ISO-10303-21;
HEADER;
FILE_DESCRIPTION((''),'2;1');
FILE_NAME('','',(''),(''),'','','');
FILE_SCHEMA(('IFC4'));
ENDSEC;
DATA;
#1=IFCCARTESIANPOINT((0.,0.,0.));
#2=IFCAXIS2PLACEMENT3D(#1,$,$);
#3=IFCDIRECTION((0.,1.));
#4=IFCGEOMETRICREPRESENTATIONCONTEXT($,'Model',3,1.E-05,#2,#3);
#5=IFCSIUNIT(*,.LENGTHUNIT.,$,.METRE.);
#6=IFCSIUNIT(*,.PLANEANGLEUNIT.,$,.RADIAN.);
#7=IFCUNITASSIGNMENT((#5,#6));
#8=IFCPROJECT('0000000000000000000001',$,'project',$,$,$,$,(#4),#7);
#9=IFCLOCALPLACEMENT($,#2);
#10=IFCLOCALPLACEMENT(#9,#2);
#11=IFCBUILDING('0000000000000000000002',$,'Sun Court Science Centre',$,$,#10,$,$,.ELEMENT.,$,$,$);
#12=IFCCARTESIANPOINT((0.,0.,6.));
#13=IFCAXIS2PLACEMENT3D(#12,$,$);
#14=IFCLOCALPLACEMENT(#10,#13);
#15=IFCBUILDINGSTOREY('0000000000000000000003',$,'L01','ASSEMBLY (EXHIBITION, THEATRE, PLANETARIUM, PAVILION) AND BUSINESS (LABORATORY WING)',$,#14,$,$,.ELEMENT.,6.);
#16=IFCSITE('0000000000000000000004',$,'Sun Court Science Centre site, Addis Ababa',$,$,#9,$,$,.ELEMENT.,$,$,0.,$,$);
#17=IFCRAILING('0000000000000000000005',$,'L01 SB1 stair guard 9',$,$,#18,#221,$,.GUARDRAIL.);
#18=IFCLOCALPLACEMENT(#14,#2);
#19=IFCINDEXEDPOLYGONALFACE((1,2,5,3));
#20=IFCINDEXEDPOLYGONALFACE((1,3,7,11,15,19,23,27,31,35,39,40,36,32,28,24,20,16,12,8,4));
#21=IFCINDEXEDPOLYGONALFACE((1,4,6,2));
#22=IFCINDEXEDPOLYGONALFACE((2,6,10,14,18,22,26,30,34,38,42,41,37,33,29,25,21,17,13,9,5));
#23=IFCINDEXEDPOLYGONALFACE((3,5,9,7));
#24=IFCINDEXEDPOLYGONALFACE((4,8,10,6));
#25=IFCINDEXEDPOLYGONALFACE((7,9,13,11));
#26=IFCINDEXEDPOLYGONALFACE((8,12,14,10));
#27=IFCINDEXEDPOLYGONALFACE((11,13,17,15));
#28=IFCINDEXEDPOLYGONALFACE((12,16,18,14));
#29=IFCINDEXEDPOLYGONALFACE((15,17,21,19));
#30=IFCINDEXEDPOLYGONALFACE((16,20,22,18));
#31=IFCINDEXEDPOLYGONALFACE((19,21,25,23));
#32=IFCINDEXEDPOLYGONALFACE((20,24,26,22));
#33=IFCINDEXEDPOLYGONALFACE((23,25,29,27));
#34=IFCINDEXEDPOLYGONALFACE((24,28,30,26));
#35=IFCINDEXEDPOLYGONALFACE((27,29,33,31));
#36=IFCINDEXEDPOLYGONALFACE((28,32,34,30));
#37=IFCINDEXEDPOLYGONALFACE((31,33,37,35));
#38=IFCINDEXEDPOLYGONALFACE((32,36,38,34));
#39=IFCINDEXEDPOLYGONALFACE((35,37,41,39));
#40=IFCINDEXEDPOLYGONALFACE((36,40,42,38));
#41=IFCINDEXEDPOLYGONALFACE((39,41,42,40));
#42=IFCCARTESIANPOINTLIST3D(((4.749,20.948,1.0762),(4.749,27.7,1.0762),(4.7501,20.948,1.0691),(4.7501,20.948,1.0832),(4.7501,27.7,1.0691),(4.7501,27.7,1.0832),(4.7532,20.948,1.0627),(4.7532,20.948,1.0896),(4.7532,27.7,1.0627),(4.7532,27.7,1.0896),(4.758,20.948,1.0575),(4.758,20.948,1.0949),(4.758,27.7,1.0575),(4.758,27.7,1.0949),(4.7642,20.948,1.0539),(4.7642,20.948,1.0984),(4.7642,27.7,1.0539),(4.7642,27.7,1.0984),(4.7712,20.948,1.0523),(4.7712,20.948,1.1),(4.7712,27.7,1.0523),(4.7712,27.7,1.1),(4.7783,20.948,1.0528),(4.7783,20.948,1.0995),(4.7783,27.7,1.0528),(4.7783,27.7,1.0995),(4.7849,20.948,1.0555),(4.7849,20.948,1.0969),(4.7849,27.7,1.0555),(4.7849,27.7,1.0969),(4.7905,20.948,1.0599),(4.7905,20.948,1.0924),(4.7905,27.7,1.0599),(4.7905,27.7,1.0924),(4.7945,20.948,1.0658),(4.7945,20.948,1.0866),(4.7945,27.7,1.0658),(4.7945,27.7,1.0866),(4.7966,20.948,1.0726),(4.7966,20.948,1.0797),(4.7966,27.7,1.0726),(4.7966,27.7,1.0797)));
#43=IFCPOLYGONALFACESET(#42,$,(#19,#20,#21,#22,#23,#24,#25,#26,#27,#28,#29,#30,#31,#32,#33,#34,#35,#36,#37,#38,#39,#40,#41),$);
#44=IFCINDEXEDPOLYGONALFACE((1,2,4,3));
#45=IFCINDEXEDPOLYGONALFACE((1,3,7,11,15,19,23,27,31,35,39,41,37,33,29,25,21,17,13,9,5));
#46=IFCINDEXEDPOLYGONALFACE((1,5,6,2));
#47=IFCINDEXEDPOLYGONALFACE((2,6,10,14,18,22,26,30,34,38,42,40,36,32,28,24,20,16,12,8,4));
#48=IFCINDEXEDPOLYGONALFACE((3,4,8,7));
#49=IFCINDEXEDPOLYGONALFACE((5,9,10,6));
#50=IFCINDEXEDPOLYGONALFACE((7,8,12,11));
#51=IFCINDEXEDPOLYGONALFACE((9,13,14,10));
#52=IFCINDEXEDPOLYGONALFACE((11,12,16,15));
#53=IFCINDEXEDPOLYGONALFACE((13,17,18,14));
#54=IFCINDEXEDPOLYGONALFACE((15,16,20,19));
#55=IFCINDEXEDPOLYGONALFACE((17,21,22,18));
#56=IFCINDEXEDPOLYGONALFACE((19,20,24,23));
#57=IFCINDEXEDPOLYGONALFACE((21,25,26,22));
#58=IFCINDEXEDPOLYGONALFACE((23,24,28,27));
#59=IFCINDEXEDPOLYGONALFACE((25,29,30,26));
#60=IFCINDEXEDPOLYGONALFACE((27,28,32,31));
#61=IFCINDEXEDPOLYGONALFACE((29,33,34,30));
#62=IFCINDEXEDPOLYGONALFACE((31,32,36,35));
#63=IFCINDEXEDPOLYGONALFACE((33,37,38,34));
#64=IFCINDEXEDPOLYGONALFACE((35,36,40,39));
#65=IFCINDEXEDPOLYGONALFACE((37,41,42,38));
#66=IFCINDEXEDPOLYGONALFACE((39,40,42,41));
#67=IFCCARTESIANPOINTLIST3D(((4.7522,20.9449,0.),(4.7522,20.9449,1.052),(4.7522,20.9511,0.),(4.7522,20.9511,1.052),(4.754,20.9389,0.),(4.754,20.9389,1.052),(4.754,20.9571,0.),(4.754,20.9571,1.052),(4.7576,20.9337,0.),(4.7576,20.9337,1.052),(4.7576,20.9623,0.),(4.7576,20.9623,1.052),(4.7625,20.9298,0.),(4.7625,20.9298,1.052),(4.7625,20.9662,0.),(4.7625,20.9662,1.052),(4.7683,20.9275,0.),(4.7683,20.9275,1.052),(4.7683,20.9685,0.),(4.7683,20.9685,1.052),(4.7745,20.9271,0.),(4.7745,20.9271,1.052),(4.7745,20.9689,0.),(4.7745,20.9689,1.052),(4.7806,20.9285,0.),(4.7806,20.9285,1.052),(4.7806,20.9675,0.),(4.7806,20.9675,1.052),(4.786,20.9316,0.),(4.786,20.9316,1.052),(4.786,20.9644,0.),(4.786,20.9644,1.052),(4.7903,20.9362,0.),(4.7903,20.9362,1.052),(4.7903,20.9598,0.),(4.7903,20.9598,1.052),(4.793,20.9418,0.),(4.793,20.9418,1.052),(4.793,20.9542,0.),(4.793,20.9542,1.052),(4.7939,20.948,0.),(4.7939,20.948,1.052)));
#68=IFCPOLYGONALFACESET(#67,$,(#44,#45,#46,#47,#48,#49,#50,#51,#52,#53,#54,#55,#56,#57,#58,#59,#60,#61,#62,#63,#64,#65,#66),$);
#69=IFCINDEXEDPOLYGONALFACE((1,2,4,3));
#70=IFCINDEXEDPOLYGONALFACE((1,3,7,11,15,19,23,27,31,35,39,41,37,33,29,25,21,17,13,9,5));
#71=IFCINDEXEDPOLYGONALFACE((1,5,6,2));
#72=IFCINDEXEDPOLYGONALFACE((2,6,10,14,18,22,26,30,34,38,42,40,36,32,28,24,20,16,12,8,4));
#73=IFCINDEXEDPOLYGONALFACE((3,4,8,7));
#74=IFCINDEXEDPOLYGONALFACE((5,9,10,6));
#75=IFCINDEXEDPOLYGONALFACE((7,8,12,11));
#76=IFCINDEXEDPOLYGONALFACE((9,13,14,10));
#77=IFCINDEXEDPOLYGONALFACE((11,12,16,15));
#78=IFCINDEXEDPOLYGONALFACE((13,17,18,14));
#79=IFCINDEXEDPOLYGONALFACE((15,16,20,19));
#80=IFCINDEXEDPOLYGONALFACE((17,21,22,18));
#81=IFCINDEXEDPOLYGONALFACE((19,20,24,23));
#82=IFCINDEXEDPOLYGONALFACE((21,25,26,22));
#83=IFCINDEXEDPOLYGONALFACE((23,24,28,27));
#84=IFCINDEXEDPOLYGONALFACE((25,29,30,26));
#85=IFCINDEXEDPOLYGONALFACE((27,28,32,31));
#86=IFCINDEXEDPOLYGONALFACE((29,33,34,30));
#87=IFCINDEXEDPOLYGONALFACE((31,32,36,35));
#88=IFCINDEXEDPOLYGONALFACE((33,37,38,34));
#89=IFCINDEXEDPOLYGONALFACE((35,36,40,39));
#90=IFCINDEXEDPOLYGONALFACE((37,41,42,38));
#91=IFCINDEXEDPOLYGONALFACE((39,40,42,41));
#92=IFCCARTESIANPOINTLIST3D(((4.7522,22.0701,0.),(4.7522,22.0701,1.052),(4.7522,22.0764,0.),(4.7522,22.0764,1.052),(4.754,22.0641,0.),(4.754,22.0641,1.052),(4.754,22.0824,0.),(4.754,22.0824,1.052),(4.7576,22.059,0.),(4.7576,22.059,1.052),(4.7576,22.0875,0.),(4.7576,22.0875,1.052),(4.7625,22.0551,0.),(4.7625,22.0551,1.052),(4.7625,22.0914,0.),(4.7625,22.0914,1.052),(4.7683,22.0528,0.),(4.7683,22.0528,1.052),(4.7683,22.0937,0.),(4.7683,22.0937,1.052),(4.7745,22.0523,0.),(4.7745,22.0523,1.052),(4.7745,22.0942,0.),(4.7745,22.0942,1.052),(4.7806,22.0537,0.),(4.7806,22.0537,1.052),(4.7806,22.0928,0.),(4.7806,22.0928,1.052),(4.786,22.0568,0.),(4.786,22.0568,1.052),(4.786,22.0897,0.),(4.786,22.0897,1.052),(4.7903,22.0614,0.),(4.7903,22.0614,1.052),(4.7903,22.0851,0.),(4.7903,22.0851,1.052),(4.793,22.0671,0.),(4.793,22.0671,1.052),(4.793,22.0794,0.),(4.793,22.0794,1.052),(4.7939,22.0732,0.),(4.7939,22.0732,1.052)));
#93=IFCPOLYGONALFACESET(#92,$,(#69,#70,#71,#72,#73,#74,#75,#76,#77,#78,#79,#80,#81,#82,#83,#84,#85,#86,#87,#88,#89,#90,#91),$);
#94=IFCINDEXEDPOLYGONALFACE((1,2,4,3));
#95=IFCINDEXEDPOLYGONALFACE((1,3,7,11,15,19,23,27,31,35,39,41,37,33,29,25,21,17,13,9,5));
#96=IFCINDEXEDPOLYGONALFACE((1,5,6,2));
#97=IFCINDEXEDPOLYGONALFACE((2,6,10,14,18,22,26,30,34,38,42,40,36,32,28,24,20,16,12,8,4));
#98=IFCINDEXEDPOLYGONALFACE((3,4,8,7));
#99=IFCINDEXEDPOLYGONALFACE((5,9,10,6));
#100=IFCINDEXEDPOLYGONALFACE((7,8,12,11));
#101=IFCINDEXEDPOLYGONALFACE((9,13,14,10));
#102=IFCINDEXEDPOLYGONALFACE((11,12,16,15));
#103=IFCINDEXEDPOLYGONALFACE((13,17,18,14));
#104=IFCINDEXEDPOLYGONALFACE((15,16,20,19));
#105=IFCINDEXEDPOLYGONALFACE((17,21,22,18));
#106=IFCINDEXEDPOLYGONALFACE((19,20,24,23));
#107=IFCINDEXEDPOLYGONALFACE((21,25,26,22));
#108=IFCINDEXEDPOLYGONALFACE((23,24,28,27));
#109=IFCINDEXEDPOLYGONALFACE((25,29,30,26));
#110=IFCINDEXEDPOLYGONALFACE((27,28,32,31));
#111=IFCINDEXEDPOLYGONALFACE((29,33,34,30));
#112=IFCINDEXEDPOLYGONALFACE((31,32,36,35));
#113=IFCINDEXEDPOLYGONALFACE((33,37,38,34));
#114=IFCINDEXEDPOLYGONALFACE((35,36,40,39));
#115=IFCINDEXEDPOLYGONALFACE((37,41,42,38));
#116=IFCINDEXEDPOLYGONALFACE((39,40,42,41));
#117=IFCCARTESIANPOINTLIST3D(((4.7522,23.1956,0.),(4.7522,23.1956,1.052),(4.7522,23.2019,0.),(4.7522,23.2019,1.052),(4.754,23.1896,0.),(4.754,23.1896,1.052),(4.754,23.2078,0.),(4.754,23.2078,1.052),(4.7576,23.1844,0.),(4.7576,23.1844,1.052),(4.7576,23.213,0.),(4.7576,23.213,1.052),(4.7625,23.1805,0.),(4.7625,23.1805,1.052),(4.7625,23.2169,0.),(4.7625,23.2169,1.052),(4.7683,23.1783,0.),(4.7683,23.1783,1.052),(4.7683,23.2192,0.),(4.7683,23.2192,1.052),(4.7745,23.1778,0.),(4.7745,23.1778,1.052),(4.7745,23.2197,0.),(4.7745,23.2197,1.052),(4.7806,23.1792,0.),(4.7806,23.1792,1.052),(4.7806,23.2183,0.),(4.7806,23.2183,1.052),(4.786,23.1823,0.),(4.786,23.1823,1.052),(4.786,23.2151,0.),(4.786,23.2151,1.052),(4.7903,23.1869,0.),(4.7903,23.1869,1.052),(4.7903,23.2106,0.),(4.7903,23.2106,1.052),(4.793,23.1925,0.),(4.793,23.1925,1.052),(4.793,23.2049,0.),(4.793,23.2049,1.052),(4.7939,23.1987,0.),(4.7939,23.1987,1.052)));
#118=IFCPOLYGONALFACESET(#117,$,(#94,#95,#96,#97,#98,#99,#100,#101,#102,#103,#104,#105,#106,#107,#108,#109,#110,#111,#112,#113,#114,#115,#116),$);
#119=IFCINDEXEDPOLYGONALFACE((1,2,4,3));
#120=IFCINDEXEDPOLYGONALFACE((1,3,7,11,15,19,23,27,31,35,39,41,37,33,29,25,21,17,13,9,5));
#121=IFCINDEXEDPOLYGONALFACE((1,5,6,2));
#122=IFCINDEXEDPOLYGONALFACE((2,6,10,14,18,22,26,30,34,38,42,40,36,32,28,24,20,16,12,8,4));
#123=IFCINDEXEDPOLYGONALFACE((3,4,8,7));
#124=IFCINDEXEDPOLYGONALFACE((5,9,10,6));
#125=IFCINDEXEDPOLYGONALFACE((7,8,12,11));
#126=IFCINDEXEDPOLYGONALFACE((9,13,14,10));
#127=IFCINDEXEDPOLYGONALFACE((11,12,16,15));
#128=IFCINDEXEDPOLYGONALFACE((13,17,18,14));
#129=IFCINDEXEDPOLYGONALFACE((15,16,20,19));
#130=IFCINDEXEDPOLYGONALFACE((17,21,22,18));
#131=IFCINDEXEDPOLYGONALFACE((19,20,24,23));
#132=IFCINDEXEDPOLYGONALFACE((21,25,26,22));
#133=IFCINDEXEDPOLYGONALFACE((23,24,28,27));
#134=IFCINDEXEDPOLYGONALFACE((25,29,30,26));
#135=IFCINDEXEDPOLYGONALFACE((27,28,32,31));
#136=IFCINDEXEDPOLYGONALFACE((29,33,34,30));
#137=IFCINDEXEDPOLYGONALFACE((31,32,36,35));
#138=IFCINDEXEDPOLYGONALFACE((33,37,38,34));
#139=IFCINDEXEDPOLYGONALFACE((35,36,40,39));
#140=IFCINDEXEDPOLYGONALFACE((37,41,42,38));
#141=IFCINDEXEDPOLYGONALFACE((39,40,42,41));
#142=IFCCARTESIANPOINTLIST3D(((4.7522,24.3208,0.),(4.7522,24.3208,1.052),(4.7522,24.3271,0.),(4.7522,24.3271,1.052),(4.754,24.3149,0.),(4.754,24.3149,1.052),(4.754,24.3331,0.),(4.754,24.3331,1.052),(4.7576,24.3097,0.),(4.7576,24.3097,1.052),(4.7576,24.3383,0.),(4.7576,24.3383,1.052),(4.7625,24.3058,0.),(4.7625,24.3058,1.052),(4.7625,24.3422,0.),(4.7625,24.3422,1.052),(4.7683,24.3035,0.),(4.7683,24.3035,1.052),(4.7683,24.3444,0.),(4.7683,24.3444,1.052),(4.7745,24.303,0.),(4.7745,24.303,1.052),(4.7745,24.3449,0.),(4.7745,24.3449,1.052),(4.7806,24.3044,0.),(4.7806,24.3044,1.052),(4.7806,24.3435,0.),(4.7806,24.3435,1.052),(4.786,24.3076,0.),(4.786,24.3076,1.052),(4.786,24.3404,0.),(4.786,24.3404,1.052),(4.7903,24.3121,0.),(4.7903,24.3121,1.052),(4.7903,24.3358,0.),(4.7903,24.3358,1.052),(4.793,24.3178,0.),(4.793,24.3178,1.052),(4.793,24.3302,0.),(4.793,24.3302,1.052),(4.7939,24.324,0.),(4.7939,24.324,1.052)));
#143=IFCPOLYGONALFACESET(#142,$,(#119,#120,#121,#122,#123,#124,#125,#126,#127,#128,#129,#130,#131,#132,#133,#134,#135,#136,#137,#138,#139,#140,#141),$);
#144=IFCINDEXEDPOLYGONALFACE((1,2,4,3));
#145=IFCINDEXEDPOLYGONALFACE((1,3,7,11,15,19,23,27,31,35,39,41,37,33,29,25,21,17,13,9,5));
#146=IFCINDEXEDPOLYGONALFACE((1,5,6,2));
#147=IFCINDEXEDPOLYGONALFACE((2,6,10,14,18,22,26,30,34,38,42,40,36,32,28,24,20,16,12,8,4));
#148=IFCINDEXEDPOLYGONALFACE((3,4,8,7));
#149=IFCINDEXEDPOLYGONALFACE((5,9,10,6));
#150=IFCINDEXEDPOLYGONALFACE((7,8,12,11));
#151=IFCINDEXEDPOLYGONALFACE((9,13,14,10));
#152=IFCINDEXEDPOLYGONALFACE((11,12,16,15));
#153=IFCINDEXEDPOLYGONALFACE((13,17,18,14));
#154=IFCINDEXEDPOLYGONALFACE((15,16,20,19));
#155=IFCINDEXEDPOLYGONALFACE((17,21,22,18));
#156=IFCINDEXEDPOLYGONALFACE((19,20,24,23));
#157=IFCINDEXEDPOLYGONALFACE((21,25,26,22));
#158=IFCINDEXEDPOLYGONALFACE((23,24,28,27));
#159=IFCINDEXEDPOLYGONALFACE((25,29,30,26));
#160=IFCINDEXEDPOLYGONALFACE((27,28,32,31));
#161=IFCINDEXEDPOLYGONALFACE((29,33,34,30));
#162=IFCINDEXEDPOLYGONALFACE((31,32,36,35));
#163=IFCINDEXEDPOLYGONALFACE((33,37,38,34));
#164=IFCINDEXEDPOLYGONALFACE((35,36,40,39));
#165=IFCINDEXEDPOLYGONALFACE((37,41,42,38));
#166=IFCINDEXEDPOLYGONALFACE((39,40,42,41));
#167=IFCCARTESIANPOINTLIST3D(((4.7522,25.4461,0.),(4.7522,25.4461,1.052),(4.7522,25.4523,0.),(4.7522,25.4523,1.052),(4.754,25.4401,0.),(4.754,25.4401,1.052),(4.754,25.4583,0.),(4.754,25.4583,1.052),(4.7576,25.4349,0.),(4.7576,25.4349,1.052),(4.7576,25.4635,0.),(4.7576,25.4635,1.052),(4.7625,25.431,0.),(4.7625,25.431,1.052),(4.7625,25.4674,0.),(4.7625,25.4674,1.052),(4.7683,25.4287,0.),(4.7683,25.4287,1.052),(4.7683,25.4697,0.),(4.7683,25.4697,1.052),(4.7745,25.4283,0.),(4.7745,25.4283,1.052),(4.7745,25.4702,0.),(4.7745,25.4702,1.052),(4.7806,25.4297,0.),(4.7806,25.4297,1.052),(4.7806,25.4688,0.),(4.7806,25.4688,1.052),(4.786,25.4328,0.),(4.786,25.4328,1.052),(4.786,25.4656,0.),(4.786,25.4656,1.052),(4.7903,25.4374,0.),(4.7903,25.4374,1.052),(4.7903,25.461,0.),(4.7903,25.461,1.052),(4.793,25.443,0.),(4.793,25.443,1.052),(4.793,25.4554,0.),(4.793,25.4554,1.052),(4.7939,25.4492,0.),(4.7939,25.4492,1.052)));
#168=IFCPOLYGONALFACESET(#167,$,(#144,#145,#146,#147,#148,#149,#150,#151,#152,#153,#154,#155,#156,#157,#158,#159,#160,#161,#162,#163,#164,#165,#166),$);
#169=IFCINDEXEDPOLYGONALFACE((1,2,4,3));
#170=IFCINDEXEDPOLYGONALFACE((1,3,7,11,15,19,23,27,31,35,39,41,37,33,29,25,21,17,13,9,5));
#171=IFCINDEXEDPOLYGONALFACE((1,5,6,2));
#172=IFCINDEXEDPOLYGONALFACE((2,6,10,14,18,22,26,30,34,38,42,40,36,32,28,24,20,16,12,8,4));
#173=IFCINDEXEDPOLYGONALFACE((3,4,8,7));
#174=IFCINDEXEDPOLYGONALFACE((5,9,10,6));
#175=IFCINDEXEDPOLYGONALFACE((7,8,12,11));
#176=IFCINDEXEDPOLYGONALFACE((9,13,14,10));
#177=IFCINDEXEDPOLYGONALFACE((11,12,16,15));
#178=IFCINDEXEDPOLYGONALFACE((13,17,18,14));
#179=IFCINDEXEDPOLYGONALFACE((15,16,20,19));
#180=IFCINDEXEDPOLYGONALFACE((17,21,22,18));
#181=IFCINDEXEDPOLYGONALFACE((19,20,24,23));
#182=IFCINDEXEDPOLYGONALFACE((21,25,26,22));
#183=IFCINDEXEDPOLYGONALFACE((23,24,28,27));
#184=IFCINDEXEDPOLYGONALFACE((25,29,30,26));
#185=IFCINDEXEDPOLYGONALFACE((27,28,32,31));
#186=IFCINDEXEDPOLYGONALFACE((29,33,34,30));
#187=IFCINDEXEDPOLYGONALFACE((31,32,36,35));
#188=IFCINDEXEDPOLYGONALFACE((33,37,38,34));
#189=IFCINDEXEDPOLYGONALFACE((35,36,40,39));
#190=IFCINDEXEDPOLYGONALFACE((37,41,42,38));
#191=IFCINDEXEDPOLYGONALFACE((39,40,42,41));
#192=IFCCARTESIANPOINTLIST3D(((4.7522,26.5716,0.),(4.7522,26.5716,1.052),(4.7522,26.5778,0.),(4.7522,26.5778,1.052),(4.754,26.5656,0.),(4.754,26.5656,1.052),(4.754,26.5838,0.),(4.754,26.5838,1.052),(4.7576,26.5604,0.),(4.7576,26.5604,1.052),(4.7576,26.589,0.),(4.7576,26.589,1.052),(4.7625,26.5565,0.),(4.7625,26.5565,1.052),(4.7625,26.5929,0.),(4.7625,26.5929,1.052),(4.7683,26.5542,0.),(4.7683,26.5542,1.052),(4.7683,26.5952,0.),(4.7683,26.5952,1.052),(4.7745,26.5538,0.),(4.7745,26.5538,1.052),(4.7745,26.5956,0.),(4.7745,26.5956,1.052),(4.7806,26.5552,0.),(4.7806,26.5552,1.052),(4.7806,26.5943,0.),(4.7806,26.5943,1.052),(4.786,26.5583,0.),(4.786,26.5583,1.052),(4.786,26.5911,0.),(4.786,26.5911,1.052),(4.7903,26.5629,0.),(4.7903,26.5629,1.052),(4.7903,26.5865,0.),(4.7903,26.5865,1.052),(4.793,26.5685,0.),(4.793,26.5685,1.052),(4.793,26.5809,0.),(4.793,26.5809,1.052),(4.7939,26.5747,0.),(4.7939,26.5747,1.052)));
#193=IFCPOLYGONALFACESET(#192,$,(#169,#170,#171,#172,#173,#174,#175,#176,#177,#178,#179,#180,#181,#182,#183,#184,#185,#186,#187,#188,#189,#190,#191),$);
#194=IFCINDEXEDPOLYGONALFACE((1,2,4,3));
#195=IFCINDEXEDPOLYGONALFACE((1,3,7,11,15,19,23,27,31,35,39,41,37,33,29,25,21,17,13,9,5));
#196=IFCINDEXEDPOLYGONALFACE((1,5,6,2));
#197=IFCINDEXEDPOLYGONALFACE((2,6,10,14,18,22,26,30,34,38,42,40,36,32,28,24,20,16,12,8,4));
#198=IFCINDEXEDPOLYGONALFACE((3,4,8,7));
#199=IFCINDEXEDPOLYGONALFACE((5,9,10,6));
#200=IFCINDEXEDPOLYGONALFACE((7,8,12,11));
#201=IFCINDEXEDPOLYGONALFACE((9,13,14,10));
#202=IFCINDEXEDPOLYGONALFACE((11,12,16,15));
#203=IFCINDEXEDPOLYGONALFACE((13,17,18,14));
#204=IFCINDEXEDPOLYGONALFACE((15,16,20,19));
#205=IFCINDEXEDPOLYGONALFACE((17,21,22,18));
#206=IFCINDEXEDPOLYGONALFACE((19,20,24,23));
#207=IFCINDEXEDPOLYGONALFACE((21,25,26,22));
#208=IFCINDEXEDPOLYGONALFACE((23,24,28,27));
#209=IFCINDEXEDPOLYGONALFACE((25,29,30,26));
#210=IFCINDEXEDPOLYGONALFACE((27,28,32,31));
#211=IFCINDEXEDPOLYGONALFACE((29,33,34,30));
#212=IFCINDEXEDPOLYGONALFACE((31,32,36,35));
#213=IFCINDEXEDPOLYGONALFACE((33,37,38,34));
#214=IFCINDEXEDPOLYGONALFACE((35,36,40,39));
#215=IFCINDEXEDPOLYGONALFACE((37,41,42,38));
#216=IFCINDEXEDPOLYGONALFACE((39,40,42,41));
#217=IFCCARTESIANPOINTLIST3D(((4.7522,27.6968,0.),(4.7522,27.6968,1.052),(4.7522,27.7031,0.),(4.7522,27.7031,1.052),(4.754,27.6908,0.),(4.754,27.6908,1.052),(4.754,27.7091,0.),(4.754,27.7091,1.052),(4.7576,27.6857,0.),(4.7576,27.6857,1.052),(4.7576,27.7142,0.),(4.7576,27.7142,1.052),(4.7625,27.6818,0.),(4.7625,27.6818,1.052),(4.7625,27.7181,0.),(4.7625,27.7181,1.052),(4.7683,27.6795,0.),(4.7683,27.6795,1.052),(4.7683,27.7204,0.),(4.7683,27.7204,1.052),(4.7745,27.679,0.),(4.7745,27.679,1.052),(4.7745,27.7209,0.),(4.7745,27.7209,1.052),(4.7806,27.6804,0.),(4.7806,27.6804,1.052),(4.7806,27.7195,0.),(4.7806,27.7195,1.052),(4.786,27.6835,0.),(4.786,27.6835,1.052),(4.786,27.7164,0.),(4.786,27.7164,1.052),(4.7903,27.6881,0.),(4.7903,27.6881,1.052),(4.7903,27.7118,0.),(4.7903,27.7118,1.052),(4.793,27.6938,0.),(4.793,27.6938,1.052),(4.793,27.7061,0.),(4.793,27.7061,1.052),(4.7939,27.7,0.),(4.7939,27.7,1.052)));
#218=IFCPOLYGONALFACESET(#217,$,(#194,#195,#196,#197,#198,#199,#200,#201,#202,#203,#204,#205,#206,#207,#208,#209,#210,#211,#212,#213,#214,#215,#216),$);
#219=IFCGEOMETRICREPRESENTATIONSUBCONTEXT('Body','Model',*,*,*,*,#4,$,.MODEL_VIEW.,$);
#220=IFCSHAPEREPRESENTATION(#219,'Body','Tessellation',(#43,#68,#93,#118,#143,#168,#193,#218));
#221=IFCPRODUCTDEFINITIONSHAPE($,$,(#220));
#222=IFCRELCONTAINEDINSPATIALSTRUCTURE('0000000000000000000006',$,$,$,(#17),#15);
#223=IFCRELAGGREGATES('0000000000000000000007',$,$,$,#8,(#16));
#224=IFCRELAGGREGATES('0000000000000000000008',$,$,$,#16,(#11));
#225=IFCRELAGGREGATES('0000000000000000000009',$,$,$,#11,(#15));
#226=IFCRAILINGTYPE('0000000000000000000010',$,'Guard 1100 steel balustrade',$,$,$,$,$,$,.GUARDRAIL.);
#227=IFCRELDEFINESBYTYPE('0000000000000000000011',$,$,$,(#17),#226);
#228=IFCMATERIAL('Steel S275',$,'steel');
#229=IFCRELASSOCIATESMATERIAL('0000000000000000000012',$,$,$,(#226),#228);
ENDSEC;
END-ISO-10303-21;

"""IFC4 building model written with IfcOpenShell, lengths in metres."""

from ifc_helpers import new_model, si_unit, direction, frame, origin, origin_2d, place, context, subcontext, project, spatial, circle, extrude, material, type_object, element, save


model = new_model("IFC4")

# Units and contexts
model_context = context("Model", 3, precision=1e-05, world=origin(), true_north=direction((0.0, 1.0)))
body_context = subcontext(model_context, "Body", "Model", "MODEL_VIEW")
ifc_project = project(units=[si_unit("LENGTHUNIT", "METRE"), si_unit("PLANEANGLEUNIT", "RADIAN")], contexts=[model_context])

# Site, building, storey
site_placement = place(None, origin())
site = spatial("IfcSite", under=ifc_project, at=site_placement, Name="Sun Court Science Centre site, Addis Ababa", CompositionType="ELEMENT", RefElevation=0.0)
building_placement = place(site_placement, origin())
building = spatial("IfcBuilding", under=site, at=building_placement, Name="Sun Court Science Centre", CompositionType="ELEMENT")
storey_placement = place(building_placement, frame((0.0, 0.0, 6.0)))
storey = spatial("IfcBuildingStorey", under=building, at=storey_placement, Name="L01", Description="ASSEMBLY (EXHIBITION, THEATRE, PLANETARIUM, PAVILION) AND BUSINESS (LABORATORY WING)", CompositionType="ELEMENT", Elevation=6.0)

# Railing
ifc_material_1 = material(Name="Steel S275", Category="steel")
railing_type_1 = type_object("IfcRailingType", Name="Guard 1100 steel balustrade", PredefinedType="GUARDRAIL", material=ifc_material_1)
for number, where, name in (
    (1, (4.7729, 20.948, 0.0), "L01 SB1 stair guard 9"),
):
    element("IfcRailing", number, at=place(storey_placement, frame(where)), inside=storey, type_object=railing_type_1, Name=name, PredefinedType="GUARDRAIL", context=body_context, shape_type="SweptSolid", body=[
        extrude(circle(Radius=0.0239, at=origin_2d()), frame((0.0, 0.0, 1.0762), z_axis=(0.0, 1.0, 0.0), x_axis=(-1.0, 0.0, 0.0)), (0.0, 0.0, 1.0), 6.752),
        extrude(circle(Radius=0.021, at=origin_2d()), origin(), (0.0, 0.0, 1.0), 1.052),
        extrude(circle(Radius=0.021, at=origin_2d()), frame((0.0, 1.1252, 0.0)), (0.0, 0.0, 1.0), 1.052),
        extrude(circle(Radius=0.021, at=origin_2d()), frame((0.0, 2.2507, 0.0)), (0.0, 0.0, 1.0), 1.052),
        extrude(circle(Radius=0.021, at=origin_2d()), frame((0.0, 3.376, 0.0)), (0.0, 0.0, 1.0), 1.052),
        extrude(circle(Radius=0.021, at=origin_2d()), frame((0.0, 4.5012, 0.0)), (0.0, 0.0, 1.0), 1.052),
        extrude(circle(Radius=0.021, at=origin_2d()), frame((0.0, 5.6267, 0.0)), (0.0, 0.0, 1.0), 1.052),
        extrude(circle(Radius=0.021, at=origin_2d()), frame((0.0, 6.752, 0.0)), (0.0, 0.0, 1.0), 1.052),
    ])

save(model, "model.ifc")
